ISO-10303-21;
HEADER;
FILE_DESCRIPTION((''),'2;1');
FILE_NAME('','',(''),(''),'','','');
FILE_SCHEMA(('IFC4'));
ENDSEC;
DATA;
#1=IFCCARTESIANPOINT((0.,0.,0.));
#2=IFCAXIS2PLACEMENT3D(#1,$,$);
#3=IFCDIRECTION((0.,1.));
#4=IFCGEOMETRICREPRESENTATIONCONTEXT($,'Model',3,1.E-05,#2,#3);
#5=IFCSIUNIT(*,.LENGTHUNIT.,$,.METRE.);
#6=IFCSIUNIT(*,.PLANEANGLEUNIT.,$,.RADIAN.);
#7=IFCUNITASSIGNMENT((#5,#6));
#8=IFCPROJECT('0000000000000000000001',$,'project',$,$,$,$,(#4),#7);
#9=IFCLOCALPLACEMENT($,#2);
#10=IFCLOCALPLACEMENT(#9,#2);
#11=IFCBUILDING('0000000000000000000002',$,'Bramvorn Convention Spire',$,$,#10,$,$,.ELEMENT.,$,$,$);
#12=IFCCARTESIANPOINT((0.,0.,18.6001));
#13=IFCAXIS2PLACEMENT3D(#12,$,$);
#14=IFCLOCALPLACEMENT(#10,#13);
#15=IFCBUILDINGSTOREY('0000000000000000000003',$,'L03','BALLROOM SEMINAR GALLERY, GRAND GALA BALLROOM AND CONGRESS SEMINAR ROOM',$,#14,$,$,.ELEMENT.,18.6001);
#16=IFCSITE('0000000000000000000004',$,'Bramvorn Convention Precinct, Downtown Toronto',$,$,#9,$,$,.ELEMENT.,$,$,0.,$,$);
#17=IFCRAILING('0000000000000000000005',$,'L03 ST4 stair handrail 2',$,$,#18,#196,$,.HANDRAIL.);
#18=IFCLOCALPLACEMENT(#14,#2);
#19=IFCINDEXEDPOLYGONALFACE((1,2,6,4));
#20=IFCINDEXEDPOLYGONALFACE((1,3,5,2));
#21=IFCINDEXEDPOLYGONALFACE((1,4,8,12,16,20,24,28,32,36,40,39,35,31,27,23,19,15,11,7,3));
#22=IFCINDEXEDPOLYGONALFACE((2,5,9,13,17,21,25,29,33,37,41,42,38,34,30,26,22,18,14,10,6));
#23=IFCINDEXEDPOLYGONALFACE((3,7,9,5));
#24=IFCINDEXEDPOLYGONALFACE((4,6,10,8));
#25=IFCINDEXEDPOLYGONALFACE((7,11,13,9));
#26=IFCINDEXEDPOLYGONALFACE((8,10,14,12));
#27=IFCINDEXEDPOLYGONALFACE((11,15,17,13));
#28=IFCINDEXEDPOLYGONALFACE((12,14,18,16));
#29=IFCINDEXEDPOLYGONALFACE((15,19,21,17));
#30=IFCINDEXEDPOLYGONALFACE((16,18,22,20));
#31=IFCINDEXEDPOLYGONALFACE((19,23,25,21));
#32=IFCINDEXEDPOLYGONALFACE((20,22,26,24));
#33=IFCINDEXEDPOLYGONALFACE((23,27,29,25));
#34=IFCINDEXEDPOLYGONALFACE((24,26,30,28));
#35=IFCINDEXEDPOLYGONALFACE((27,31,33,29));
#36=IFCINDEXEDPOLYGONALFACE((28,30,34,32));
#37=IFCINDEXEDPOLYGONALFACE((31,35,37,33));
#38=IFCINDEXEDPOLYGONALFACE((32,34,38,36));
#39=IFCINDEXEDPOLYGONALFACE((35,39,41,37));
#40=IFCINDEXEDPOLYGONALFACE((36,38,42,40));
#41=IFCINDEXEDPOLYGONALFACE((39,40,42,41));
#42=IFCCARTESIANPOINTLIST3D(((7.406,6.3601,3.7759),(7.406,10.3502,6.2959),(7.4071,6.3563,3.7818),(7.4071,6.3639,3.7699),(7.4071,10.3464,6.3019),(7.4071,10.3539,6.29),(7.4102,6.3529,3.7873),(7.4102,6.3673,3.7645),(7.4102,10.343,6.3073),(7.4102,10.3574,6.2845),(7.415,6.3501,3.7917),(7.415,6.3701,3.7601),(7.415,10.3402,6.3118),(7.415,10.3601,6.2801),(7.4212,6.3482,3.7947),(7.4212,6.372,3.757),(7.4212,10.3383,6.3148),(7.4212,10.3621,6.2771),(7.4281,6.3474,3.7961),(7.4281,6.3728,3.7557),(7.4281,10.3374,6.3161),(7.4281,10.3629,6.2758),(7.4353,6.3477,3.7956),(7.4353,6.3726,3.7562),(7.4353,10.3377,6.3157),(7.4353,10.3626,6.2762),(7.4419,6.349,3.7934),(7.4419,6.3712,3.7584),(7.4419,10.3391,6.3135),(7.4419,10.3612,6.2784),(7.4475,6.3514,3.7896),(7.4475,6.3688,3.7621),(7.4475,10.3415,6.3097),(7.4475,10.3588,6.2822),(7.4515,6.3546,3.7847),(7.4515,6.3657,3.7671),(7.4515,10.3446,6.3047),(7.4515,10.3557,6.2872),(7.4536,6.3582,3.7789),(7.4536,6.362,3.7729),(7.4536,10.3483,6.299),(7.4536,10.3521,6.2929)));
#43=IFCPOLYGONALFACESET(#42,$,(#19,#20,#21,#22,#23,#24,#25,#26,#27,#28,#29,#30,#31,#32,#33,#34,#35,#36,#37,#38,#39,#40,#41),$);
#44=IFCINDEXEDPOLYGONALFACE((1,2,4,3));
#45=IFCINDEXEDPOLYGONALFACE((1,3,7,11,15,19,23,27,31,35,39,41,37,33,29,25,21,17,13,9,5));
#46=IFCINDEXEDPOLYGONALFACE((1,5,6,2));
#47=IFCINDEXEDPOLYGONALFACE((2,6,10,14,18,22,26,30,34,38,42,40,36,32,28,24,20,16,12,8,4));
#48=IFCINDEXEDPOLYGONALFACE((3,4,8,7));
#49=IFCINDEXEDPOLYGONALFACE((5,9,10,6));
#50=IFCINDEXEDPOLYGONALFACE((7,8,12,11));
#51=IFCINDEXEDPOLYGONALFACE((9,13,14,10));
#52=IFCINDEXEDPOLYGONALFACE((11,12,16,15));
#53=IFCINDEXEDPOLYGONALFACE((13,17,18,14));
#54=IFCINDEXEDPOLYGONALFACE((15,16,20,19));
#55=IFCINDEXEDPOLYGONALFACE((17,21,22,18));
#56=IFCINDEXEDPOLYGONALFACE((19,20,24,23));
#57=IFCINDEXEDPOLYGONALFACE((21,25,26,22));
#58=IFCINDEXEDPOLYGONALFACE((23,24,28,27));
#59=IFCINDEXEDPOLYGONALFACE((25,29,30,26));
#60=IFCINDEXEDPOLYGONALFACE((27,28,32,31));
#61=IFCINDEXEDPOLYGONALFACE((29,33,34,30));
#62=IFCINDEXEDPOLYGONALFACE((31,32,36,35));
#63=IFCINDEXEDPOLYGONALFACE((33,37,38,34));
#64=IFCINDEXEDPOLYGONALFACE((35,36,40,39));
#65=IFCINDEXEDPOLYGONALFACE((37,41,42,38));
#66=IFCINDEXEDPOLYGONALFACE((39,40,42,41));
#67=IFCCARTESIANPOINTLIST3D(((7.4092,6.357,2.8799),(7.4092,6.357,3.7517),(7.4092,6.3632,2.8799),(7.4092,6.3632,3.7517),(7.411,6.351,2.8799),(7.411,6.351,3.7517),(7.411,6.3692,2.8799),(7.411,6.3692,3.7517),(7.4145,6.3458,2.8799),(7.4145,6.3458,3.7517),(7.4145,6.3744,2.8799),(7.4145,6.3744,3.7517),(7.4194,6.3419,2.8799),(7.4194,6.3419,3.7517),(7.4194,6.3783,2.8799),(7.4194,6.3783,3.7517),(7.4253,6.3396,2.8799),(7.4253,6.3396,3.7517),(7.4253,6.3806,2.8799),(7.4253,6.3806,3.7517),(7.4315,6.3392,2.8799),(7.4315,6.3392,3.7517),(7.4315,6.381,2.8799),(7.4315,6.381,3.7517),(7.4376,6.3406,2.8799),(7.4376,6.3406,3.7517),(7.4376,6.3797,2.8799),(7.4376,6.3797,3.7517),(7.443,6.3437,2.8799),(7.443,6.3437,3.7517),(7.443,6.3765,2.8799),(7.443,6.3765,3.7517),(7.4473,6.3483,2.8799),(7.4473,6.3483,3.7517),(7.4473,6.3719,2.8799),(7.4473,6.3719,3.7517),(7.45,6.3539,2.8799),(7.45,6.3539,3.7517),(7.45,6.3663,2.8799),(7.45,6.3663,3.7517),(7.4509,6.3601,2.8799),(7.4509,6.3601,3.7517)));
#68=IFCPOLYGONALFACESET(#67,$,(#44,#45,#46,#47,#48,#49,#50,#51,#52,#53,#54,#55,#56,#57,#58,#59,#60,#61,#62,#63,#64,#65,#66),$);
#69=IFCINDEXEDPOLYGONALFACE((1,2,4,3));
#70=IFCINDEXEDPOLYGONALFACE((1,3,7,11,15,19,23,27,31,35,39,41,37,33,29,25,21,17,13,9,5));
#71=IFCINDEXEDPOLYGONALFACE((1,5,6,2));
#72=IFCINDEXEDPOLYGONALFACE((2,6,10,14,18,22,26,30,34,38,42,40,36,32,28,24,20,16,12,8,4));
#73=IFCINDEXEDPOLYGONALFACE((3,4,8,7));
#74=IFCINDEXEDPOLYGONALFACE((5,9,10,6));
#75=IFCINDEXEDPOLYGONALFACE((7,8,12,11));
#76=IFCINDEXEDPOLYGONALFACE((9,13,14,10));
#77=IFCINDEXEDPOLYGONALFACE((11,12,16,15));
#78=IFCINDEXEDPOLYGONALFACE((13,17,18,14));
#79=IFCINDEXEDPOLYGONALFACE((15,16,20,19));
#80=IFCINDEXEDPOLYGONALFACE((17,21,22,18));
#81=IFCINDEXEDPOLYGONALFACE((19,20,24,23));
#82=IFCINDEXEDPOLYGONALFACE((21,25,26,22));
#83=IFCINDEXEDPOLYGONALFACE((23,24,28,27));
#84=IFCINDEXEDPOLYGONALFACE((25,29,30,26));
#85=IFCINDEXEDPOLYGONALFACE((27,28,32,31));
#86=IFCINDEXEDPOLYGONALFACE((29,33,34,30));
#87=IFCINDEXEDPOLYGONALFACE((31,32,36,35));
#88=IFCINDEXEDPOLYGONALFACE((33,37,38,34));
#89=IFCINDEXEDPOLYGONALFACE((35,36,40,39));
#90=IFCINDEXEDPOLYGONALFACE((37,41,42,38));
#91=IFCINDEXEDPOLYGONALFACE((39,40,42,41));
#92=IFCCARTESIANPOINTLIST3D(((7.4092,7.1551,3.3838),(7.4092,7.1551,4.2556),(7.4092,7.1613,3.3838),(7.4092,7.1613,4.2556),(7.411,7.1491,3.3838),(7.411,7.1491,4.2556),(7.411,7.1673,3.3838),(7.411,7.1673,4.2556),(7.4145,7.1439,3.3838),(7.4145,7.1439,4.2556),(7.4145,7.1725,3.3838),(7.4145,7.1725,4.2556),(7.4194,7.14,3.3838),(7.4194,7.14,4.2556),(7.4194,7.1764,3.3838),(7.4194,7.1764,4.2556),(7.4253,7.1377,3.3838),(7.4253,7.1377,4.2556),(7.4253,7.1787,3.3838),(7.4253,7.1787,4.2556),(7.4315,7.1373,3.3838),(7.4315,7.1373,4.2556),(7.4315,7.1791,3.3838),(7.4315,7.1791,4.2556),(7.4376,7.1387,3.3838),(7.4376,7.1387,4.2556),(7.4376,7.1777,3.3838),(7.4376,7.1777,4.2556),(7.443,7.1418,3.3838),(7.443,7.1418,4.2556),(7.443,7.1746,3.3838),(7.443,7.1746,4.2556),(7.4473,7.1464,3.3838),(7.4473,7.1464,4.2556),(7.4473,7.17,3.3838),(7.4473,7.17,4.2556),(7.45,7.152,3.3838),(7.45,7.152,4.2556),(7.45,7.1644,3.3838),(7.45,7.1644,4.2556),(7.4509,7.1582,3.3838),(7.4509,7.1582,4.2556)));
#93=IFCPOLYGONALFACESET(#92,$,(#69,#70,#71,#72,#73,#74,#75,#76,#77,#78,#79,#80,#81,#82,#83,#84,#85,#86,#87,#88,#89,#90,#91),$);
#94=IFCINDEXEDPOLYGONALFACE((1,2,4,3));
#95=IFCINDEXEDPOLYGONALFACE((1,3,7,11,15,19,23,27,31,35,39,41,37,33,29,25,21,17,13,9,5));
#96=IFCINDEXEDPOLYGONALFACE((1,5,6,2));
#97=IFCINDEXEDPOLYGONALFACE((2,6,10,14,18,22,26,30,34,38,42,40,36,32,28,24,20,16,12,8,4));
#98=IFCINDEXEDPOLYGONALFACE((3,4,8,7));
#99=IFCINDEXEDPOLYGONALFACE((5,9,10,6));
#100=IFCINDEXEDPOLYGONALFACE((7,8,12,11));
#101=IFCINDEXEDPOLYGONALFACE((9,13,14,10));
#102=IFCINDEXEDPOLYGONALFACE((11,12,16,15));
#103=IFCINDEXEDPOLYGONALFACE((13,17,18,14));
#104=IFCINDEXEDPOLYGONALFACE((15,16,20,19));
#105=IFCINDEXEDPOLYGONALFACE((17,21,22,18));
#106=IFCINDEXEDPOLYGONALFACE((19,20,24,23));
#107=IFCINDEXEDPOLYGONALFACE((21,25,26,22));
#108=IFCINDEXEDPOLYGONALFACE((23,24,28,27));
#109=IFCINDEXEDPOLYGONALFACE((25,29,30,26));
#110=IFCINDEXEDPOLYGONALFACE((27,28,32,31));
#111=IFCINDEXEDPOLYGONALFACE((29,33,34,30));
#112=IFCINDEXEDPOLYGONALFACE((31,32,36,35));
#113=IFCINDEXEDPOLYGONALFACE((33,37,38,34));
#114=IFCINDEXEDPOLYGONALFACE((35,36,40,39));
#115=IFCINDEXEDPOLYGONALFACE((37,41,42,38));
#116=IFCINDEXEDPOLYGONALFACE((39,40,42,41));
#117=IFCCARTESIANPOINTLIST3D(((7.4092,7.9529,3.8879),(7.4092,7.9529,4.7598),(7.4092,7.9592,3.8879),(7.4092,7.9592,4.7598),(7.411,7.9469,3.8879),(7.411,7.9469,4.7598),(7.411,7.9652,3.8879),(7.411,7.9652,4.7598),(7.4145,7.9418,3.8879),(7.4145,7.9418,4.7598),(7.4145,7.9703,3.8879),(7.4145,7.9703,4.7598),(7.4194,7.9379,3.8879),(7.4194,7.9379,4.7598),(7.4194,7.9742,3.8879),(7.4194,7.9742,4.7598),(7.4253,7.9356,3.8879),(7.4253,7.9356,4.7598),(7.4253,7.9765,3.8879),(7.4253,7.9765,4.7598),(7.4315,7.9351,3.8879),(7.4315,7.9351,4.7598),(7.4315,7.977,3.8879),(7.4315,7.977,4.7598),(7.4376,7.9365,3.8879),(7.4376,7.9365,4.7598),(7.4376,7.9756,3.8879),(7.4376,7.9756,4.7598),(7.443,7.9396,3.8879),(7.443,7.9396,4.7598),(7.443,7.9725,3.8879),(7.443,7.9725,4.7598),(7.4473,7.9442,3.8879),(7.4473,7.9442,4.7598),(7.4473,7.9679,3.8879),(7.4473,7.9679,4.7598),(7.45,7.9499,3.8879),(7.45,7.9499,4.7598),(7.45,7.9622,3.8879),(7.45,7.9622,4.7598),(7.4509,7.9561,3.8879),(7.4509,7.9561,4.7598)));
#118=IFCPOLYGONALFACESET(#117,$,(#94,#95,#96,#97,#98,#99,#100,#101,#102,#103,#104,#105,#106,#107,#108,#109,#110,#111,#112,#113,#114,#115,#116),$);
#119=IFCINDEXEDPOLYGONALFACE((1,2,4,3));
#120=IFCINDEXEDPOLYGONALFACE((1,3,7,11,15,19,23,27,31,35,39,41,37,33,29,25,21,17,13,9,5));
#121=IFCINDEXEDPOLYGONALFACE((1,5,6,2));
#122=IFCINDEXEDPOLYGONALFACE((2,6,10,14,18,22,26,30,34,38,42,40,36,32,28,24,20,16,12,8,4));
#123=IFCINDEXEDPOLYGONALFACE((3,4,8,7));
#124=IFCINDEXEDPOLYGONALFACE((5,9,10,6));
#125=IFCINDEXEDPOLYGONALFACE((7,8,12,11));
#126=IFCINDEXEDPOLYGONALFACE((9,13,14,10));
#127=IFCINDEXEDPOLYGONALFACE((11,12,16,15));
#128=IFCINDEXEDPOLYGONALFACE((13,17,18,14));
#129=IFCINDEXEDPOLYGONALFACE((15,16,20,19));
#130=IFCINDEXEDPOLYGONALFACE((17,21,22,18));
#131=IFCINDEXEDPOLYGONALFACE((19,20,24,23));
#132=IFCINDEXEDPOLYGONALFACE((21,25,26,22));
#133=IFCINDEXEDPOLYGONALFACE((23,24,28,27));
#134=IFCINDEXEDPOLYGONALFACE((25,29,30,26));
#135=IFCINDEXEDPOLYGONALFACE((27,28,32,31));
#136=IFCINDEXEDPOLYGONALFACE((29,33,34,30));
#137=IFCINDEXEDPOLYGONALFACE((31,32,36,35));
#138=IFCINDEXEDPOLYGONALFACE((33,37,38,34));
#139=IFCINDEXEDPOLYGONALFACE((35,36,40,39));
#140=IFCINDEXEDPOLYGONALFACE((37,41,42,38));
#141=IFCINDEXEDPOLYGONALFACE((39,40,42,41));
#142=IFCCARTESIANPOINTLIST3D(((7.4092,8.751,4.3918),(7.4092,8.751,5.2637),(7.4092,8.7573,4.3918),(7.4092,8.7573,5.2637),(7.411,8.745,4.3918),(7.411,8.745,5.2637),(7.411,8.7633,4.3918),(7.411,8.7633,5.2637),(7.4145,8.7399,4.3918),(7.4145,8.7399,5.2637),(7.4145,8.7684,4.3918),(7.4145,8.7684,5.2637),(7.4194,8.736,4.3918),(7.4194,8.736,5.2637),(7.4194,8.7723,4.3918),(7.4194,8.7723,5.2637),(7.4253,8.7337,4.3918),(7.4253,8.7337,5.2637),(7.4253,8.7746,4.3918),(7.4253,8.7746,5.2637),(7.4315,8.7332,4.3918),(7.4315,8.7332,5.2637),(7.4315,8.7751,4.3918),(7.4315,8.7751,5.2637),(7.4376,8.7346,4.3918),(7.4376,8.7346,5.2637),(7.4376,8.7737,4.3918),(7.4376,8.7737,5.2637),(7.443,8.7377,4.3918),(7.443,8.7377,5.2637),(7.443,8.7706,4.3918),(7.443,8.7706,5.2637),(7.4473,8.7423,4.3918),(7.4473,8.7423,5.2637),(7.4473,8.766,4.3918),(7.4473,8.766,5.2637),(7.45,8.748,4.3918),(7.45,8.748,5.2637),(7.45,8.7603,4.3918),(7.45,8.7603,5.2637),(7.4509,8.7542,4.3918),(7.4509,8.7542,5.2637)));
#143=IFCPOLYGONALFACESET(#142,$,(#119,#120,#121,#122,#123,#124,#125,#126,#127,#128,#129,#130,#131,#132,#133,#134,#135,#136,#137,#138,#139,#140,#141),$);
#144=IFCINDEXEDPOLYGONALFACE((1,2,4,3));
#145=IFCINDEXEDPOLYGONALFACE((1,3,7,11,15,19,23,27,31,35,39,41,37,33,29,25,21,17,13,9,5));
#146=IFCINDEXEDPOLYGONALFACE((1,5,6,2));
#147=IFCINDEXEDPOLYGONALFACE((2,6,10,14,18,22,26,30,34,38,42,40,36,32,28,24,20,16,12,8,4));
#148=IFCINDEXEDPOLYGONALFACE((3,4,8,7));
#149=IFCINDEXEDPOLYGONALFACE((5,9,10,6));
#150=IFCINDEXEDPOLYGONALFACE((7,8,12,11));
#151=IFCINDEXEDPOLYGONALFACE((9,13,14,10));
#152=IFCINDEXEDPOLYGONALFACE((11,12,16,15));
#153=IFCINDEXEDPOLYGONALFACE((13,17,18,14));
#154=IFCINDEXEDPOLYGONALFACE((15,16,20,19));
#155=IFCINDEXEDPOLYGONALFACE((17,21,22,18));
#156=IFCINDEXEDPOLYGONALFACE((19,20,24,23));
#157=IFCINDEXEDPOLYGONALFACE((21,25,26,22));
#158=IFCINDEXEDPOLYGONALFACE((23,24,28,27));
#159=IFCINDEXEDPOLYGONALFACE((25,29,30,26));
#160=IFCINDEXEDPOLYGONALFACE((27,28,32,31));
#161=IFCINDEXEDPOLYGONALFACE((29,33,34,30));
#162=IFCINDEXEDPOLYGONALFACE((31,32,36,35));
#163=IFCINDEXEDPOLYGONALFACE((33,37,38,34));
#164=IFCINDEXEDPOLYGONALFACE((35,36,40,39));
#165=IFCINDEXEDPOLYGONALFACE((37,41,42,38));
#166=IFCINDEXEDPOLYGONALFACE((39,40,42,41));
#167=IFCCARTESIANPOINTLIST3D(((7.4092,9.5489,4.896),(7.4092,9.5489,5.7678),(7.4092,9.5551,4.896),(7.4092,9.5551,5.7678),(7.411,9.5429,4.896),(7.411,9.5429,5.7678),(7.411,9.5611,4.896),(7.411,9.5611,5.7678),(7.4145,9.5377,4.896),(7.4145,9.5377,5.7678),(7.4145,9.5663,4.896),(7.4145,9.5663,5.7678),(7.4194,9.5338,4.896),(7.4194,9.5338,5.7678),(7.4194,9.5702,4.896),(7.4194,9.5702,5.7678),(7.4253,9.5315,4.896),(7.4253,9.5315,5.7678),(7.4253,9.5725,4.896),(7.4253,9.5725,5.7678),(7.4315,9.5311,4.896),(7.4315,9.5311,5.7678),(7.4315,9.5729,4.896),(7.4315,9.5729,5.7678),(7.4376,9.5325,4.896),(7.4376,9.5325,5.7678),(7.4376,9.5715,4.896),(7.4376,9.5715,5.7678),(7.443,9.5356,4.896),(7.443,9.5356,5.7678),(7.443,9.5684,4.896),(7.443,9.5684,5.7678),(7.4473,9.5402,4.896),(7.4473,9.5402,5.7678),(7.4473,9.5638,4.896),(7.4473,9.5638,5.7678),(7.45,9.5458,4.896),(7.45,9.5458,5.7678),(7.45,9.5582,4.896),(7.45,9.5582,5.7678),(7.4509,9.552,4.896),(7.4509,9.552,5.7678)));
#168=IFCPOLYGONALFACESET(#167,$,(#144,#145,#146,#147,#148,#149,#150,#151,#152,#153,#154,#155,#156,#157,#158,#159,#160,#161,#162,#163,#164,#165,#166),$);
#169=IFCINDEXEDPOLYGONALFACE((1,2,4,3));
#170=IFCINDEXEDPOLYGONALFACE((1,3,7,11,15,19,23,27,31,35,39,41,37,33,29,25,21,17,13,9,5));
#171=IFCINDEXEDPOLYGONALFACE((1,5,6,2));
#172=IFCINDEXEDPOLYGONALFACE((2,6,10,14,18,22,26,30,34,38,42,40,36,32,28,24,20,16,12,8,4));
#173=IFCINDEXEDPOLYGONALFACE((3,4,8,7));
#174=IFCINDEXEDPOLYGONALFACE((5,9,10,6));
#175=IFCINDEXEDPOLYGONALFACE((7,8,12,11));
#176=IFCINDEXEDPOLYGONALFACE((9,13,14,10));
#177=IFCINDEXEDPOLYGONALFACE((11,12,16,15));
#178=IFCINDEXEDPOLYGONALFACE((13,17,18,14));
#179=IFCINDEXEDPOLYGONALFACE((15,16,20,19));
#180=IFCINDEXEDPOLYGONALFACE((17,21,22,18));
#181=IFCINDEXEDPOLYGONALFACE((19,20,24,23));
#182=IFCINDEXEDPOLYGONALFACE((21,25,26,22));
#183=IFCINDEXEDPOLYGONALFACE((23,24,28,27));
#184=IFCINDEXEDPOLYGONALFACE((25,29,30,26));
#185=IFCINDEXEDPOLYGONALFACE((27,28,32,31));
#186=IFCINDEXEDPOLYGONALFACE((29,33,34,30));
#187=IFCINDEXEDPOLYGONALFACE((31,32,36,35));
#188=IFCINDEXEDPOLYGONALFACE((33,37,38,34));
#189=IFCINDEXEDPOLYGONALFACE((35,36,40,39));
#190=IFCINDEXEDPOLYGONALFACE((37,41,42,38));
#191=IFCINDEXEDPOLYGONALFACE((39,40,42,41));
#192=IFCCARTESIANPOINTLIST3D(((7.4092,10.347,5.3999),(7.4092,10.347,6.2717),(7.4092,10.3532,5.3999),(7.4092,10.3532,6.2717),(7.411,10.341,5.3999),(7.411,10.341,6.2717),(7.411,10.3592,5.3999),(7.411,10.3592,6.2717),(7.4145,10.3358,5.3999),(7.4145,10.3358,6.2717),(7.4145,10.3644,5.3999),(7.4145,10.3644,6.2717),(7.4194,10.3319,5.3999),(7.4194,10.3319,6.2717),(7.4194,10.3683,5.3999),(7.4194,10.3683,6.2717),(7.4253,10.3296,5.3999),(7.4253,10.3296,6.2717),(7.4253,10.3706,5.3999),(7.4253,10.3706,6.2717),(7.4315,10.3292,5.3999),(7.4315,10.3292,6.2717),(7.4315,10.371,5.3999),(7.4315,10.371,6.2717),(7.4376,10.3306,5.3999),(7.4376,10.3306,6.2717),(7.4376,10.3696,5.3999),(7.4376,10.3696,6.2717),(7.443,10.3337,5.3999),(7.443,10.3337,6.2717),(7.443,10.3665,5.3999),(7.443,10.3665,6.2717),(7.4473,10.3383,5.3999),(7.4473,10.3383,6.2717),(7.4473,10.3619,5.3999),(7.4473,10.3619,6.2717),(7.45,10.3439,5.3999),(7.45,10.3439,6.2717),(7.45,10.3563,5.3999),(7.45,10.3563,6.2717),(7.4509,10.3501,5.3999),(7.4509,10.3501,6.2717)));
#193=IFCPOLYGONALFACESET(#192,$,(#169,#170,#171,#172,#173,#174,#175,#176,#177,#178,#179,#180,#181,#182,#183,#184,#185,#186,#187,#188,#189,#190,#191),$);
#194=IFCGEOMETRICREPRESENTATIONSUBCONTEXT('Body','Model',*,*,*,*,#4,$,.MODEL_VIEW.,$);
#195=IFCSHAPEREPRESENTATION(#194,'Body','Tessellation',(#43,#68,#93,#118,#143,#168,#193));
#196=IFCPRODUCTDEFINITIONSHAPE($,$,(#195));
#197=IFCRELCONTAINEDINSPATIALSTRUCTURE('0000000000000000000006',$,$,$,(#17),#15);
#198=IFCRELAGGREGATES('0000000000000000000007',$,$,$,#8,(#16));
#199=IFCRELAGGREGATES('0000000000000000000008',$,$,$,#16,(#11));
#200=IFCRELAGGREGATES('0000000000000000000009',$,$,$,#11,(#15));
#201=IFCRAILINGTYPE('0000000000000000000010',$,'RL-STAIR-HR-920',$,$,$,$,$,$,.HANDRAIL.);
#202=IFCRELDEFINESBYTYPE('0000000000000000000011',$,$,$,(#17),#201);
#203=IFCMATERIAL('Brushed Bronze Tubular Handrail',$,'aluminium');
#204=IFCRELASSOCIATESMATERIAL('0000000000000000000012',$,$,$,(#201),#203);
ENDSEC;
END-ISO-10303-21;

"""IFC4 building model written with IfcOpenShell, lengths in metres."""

from ifc_helpers import new_model, si_unit, direction, frame, origin, origin_2d, place, context, subcontext, project, spatial, circle, extrude, material, type_object, element, save


model = new_model("IFC4")

# Units and contexts
model_context = context("Model", 3, precision=1e-05, world=origin(), true_north=direction((0.0, 1.0)))
body_context = subcontext(model_context, "Body", "Model", "MODEL_VIEW")
ifc_project = project(units=[si_unit("LENGTHUNIT", "METRE"), si_unit("PLANEANGLEUNIT", "RADIAN")], contexts=[model_context])

# Site, building, storey
site_placement = place(None, origin())
site = spatial("IfcSite", under=ifc_project, at=site_placement, Name="Bramvorn Convention Precinct, Downtown Toronto", CompositionType="ELEMENT", RefElevation=0.0)
building_placement = place(site_placement, origin())
building = spatial("IfcBuilding", under=site, at=building_placement, Name="Bramvorn Convention Spire", CompositionType="ELEMENT")
storey_placement = place(building_placement, frame((0.0, 0.0, 18.6001)))
storey = spatial("IfcBuildingStorey", under=building, at=storey_placement, Name="L03", Description="BALLROOM SEMINAR GALLERY, GRAND GALA BALLROOM AND CONGRESS SEMINAR ROOM", CompositionType="ELEMENT", Elevation=18.6001)

# Railing
ifc_material_1 = material(Name="Brushed Bronze Tubular Handrail", Category="aluminium")
railing_type_1 = type_object("IfcRailingType", Name="RL-STAIR-HR-920", PredefinedType="HANDRAIL", material=ifc_material_1)
railing_1_placement = place(storey_placement, frame((7.4299, 6.3601, 2.8799)))
element("IfcRailing", 1, at=railing_1_placement, inside=storey, type_object=railing_type_1, Name="L03 ST4 stair handrail 2", PredefinedType="HANDRAIL", context=body_context, shape_type="SweptSolid", body=[
    extrude(circle(Radius=0.0239, at=origin_2d()), frame((0.0, 0.0, 0.896), z_axis=(0.0, 0.845486, 0.533997), x_axis=(-1.0, 0.0, 0.0)), (0.0, 0.0, 1.0), 4.7192),
    extrude(circle(Radius=0.021, at=origin_2d()), origin(), (0.0, 0.0, 1.0), 0.8718),
    extrude(circle(Radius=0.021, at=origin_2d()), frame((0.0, 0.7981, 0.5039)), (0.0, 0.0, 1.0), 0.8718),
    extrude(circle(Radius=0.021, at=origin_2d()), frame((0.0, 1.5959, 1.0081)), (0.0, 0.0, 1.0), 0.8718),
    extrude(circle(Radius=0.021, at=origin_2d()), frame((0.0, 2.394, 1.512)), (0.0, 0.0, 1.0), 0.8718),
    extrude(circle(Radius=0.021, at=origin_2d()), frame((0.0, 3.1919, 2.0161)), (0.0, 0.0, 1.0), 0.8718),
    extrude(circle(Radius=0.021, at=origin_2d()), frame((0.0, 3.99, 2.52)), (0.0, 0.0, 1.0), 0.8718),
])

save(model, "model.ifc")
